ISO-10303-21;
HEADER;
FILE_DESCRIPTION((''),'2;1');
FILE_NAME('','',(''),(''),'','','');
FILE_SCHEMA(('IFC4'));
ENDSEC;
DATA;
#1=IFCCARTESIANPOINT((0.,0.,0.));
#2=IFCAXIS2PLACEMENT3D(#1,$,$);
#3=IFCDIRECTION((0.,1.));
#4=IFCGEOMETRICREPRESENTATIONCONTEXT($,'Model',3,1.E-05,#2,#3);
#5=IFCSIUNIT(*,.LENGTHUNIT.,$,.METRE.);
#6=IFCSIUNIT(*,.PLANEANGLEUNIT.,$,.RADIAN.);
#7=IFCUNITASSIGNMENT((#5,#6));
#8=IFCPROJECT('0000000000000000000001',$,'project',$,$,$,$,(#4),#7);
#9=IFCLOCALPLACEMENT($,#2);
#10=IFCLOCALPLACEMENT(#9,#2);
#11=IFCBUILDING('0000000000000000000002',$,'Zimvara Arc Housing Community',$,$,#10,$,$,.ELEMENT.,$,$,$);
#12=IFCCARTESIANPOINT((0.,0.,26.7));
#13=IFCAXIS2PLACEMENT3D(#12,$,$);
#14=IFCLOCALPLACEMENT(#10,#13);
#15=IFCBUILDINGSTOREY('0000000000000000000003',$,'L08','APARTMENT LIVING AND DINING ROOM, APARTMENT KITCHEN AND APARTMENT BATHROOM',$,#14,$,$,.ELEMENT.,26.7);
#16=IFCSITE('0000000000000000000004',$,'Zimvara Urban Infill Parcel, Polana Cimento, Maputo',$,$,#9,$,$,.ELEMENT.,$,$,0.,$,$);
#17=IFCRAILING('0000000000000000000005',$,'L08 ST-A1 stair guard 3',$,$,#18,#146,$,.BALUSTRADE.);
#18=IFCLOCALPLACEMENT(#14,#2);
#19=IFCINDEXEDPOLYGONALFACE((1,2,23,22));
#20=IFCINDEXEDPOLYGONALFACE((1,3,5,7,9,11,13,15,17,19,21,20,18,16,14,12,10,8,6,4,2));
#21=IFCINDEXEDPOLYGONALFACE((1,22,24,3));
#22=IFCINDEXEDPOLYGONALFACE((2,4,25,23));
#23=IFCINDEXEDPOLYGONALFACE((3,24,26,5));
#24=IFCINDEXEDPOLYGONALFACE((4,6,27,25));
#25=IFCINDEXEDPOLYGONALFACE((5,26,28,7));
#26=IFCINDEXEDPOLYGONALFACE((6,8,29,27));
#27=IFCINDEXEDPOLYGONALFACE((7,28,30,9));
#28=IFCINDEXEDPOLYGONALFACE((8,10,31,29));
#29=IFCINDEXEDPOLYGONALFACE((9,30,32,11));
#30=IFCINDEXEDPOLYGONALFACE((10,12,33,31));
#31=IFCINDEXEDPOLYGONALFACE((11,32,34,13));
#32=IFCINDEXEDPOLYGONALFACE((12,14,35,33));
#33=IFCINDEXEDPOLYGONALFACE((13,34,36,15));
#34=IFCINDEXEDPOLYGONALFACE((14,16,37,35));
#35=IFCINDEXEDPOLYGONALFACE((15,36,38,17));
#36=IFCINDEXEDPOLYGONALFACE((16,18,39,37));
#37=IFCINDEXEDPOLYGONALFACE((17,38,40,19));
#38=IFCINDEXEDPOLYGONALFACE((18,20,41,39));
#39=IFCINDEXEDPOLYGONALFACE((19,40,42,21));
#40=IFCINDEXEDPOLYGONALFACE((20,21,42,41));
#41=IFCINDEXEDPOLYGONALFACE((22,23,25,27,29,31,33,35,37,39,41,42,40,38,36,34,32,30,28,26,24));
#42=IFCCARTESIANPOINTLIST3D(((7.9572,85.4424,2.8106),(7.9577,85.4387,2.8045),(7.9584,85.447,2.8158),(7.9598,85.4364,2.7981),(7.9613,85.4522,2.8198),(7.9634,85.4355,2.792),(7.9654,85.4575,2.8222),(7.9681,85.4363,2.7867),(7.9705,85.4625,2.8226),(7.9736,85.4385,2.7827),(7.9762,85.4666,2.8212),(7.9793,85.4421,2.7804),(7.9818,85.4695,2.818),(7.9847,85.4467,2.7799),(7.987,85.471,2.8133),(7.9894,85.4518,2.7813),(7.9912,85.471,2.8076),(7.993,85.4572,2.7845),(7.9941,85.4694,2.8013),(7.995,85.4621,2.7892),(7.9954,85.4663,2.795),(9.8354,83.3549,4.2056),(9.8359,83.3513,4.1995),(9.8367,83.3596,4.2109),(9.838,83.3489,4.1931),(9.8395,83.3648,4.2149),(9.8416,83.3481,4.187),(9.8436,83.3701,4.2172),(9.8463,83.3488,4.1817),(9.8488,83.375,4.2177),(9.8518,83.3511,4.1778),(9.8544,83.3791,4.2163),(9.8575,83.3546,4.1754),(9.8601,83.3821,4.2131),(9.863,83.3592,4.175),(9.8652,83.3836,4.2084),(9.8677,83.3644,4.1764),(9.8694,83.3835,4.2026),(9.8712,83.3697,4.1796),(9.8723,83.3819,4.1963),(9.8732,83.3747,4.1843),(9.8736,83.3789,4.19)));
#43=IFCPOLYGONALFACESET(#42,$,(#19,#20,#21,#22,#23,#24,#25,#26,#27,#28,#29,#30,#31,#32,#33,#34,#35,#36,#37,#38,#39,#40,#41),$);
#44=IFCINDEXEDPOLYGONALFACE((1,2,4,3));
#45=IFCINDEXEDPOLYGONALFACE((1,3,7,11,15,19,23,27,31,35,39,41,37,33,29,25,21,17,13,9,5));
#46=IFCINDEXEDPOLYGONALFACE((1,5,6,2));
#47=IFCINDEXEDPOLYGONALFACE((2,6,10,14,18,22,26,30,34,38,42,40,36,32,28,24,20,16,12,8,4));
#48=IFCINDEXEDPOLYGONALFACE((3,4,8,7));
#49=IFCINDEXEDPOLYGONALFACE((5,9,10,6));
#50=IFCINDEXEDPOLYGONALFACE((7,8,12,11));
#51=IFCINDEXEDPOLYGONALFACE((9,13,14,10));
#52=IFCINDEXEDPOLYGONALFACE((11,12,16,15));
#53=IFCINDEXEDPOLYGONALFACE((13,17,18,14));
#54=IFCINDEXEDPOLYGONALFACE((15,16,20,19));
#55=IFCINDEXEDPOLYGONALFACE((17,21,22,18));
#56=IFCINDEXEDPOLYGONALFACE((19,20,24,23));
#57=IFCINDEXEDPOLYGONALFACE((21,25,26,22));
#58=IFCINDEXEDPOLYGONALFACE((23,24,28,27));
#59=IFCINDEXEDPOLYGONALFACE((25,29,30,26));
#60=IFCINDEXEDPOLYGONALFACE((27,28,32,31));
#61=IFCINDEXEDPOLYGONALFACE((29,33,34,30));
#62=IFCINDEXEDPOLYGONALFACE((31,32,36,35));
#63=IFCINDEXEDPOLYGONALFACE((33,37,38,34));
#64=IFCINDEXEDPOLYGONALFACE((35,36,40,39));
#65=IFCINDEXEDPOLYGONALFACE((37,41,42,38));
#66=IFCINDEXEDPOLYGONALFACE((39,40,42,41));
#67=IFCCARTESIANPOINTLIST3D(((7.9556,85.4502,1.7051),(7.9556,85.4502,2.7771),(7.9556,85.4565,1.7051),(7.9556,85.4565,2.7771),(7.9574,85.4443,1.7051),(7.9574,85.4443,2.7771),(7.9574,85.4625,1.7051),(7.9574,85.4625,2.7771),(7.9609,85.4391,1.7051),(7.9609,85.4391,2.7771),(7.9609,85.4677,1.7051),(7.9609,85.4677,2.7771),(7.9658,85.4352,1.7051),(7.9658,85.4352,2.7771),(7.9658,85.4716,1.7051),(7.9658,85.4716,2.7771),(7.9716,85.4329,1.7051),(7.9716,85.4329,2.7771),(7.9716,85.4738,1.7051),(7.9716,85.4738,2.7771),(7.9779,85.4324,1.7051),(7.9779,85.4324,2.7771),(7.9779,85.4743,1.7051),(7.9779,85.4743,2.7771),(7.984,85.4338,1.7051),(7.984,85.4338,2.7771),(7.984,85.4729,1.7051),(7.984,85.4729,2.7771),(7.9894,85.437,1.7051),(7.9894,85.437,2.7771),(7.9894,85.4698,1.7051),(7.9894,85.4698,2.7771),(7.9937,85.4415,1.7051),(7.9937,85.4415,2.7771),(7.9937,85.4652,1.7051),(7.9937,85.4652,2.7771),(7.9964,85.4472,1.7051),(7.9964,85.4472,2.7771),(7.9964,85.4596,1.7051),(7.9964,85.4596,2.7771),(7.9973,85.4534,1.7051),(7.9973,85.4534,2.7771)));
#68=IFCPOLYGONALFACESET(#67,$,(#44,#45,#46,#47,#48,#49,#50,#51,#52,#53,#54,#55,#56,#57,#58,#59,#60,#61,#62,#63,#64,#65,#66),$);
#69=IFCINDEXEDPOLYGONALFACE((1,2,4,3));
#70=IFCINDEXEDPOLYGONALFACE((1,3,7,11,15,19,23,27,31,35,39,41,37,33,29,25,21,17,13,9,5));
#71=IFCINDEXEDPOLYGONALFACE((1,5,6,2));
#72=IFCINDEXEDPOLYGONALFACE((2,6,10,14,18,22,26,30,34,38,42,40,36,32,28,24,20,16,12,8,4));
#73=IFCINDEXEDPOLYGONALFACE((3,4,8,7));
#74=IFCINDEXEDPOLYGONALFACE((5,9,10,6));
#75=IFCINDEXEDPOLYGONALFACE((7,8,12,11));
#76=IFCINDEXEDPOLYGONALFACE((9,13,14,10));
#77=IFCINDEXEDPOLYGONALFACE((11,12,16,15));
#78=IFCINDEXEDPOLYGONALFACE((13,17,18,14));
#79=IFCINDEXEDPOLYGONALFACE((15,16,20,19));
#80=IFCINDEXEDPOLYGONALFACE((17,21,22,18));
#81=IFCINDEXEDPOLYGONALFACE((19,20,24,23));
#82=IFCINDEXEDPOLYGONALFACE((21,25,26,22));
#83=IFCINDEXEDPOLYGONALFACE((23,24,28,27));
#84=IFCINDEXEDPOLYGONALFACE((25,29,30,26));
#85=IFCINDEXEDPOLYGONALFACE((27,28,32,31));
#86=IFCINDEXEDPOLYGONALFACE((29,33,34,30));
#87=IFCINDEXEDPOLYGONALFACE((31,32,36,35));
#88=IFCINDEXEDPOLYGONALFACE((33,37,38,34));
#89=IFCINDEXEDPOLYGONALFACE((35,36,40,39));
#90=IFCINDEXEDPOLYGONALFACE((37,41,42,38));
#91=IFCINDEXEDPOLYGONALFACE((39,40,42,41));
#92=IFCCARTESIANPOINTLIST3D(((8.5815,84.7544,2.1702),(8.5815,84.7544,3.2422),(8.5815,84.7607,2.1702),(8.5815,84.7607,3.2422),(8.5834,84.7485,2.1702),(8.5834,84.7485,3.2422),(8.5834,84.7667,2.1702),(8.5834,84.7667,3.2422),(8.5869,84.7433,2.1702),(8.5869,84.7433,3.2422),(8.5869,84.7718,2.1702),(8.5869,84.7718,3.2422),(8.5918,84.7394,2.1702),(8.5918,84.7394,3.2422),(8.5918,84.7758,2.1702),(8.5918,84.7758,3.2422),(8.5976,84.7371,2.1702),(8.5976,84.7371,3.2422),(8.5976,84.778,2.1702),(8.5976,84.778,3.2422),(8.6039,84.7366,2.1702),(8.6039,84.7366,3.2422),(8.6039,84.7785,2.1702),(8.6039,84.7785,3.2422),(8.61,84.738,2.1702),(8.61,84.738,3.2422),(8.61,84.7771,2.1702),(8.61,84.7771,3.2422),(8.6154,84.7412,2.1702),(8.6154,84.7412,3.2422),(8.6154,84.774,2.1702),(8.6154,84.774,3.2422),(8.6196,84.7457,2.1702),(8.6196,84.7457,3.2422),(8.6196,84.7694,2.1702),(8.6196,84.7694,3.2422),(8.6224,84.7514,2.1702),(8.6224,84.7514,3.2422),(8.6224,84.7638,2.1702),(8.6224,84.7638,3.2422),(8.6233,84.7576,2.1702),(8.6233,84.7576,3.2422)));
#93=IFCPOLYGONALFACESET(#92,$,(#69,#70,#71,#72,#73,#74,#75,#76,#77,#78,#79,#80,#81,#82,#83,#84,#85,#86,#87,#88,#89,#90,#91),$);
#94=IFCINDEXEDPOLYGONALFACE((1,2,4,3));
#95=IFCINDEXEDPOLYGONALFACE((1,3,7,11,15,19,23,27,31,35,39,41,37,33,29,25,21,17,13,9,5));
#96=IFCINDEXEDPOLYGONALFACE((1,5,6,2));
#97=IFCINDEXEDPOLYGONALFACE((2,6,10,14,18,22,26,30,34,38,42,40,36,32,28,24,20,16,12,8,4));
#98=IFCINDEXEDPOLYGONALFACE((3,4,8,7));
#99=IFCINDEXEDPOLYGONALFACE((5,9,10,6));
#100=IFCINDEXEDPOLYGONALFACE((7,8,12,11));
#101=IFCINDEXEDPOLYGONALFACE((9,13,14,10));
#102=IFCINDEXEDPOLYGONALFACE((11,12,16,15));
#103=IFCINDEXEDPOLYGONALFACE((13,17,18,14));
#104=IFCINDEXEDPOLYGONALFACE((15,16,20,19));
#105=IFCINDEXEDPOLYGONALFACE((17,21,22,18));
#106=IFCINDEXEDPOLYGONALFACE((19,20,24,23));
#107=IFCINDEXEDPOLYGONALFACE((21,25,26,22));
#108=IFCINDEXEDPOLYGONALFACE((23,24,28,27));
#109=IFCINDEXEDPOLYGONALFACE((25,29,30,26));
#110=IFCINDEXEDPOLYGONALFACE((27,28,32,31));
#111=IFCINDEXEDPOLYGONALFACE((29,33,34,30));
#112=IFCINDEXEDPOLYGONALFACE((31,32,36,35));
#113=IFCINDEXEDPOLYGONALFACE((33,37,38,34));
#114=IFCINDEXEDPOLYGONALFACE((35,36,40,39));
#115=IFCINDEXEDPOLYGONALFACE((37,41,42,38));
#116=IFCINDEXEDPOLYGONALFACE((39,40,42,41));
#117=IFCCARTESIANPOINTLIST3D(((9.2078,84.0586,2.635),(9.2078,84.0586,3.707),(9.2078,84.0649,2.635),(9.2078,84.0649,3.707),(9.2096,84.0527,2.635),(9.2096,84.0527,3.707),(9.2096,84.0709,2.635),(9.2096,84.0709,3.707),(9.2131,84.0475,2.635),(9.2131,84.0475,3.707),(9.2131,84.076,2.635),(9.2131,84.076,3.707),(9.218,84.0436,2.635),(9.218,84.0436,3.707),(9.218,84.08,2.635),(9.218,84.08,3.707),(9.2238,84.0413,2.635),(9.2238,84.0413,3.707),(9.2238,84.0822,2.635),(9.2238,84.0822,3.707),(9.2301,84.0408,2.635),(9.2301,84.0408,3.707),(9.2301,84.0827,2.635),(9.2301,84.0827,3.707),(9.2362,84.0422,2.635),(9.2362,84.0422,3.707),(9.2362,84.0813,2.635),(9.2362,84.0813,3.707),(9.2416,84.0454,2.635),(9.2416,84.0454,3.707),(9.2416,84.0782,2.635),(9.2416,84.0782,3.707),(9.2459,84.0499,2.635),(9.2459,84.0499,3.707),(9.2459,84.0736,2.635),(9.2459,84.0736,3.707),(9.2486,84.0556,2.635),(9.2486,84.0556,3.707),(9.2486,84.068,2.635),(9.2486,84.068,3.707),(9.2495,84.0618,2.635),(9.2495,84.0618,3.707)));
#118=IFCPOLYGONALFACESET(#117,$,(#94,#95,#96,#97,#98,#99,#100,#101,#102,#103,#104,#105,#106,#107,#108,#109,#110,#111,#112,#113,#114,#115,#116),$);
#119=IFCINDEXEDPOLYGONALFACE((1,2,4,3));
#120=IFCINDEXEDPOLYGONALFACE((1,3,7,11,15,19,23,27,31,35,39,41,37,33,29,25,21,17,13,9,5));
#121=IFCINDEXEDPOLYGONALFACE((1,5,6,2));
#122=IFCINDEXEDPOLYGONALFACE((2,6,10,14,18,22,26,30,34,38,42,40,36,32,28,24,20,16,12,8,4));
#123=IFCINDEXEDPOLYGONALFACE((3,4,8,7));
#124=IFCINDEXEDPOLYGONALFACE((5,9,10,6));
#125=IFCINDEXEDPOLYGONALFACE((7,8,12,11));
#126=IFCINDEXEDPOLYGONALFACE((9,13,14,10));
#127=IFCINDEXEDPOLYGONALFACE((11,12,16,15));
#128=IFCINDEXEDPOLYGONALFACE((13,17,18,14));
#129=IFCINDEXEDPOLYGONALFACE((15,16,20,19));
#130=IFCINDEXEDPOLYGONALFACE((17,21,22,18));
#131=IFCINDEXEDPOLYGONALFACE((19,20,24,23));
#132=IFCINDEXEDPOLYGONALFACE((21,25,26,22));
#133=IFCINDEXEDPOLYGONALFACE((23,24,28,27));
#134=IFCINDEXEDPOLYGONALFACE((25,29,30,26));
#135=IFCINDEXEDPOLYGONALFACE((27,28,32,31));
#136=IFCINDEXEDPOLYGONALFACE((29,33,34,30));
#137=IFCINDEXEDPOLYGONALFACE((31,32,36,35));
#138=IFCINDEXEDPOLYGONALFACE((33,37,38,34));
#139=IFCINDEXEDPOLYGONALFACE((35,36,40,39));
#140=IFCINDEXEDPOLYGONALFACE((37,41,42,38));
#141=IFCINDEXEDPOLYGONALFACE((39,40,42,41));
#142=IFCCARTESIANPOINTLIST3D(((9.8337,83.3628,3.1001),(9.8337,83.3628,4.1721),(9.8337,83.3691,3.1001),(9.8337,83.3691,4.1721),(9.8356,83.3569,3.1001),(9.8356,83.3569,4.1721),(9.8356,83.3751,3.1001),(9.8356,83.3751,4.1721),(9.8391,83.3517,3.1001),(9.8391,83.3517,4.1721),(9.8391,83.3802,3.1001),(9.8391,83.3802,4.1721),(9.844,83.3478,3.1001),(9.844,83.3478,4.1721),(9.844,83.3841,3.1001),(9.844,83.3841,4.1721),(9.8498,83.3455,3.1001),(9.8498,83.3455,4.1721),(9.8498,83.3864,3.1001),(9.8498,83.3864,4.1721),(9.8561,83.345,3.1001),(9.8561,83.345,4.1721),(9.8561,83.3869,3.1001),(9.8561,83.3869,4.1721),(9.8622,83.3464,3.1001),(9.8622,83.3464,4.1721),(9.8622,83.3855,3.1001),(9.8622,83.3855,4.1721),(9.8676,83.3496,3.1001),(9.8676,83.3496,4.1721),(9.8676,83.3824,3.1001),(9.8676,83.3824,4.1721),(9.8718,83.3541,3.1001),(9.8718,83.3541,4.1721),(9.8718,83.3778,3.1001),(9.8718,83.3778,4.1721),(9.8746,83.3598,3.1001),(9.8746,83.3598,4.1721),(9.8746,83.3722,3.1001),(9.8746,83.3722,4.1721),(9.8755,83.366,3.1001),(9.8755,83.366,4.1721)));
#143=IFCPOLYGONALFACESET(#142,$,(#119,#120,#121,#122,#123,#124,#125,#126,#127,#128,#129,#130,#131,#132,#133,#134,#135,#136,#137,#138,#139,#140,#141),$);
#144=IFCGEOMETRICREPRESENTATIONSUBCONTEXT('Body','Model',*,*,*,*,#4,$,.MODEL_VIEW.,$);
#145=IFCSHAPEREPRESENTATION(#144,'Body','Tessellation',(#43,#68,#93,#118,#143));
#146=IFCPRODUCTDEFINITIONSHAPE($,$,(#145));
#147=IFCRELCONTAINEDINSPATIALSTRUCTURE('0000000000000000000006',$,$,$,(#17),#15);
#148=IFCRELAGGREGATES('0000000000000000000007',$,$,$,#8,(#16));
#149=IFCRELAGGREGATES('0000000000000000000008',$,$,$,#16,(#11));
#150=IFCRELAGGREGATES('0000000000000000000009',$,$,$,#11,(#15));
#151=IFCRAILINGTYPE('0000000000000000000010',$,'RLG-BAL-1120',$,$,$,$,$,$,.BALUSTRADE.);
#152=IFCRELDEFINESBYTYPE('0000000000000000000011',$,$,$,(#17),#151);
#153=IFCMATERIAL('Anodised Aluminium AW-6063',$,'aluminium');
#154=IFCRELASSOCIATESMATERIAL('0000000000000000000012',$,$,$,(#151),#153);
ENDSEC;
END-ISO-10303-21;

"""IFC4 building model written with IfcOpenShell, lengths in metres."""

from ifc_helpers import new_model, si_unit, direction, frame, origin, origin_2d, place, context, subcontext, project, spatial, circle, extrude, material, type_object, element, save


model = new_model("IFC4")

# Units and contexts
model_context = context("Model", 3, precision=1e-05, world=origin(), true_north=direction((0.0, 1.0)))
body_context = subcontext(model_context, "Body", "Model", "MODEL_VIEW")
ifc_project = project(units=[si_unit("LENGTHUNIT", "METRE"), si_unit("PLANEANGLEUNIT", "RADIAN")], contexts=[model_context])

# Site, building, storey
site_placement = place(None, origin())
site = spatial("IfcSite", under=ifc_project, at=site_placement, Name="Zimvara Urban Infill Parcel, Polana Cimento, Maputo", CompositionType="ELEMENT", RefElevation=0.0)
building_placement = place(site_placement, origin())
building = spatial("IfcBuilding", under=site, at=building_placement, Name="Zimvara Arc Housing Community", CompositionType="ELEMENT")
storey_placement = place(building_placement, frame((0.0, 0.0, 26.7)))
storey = spatial("IfcBuildingStorey", under=building, at=storey_placement, Name="L08", Description="APARTMENT LIVING AND DINING ROOM, APARTMENT KITCHEN AND APARTMENT BATHROOM", CompositionType="ELEMENT", Elevation=26.7)

# Railing
ifc_material_1 = material(Name="Anodised Aluminium AW-6063", Category="aluminium")
railing_type_1 = type_object("IfcRailingType", Name="RLG-BAL-1120", PredefinedType="BALUSTRADE", material=ifc_material_1)
railing_1_placement = place(storey_placement, frame((7.9763, 85.4534, 1.7051)))
element("IfcRailing", 1, at=railing_1_placement, inside=storey, type_object=railing_type_1, Name="L08 ST-A1 stair guard 3", PredefinedType="BALUSTRADE", context=body_context, shape_type="SweptSolid", body=[
    extrude(circle(Radius=0.0239, at=origin_2d()), frame((0.0, 0.0, 1.0962), z_axis=(0.599018, -0.665749, 0.444923), x_axis=(0.743381, 0.668869, 0.0)), (0.0, 0.0, 1.0), 3.1355),
    extrude(circle(Radius=0.021, at=origin_2d()), origin(), (0.0, 0.0, 1.0), 1.072),
    extrude(circle(Radius=0.021, at=origin_2d()), frame((0.626, -0.6958, 0.4651)), (0.0, 0.0, 1.0), 1.072),
    extrude(circle(Radius=0.021, at=origin_2d()), frame((1.2522, -1.3916, 0.9299)), (0.0, 0.0, 1.0), 1.072),
    extrude(circle(Radius=0.021, at=origin_2d()), frame((1.8782, -2.0874, 1.395)), (0.0, 0.0, 1.0), 1.072),
])

save(model, "model.ifc")
